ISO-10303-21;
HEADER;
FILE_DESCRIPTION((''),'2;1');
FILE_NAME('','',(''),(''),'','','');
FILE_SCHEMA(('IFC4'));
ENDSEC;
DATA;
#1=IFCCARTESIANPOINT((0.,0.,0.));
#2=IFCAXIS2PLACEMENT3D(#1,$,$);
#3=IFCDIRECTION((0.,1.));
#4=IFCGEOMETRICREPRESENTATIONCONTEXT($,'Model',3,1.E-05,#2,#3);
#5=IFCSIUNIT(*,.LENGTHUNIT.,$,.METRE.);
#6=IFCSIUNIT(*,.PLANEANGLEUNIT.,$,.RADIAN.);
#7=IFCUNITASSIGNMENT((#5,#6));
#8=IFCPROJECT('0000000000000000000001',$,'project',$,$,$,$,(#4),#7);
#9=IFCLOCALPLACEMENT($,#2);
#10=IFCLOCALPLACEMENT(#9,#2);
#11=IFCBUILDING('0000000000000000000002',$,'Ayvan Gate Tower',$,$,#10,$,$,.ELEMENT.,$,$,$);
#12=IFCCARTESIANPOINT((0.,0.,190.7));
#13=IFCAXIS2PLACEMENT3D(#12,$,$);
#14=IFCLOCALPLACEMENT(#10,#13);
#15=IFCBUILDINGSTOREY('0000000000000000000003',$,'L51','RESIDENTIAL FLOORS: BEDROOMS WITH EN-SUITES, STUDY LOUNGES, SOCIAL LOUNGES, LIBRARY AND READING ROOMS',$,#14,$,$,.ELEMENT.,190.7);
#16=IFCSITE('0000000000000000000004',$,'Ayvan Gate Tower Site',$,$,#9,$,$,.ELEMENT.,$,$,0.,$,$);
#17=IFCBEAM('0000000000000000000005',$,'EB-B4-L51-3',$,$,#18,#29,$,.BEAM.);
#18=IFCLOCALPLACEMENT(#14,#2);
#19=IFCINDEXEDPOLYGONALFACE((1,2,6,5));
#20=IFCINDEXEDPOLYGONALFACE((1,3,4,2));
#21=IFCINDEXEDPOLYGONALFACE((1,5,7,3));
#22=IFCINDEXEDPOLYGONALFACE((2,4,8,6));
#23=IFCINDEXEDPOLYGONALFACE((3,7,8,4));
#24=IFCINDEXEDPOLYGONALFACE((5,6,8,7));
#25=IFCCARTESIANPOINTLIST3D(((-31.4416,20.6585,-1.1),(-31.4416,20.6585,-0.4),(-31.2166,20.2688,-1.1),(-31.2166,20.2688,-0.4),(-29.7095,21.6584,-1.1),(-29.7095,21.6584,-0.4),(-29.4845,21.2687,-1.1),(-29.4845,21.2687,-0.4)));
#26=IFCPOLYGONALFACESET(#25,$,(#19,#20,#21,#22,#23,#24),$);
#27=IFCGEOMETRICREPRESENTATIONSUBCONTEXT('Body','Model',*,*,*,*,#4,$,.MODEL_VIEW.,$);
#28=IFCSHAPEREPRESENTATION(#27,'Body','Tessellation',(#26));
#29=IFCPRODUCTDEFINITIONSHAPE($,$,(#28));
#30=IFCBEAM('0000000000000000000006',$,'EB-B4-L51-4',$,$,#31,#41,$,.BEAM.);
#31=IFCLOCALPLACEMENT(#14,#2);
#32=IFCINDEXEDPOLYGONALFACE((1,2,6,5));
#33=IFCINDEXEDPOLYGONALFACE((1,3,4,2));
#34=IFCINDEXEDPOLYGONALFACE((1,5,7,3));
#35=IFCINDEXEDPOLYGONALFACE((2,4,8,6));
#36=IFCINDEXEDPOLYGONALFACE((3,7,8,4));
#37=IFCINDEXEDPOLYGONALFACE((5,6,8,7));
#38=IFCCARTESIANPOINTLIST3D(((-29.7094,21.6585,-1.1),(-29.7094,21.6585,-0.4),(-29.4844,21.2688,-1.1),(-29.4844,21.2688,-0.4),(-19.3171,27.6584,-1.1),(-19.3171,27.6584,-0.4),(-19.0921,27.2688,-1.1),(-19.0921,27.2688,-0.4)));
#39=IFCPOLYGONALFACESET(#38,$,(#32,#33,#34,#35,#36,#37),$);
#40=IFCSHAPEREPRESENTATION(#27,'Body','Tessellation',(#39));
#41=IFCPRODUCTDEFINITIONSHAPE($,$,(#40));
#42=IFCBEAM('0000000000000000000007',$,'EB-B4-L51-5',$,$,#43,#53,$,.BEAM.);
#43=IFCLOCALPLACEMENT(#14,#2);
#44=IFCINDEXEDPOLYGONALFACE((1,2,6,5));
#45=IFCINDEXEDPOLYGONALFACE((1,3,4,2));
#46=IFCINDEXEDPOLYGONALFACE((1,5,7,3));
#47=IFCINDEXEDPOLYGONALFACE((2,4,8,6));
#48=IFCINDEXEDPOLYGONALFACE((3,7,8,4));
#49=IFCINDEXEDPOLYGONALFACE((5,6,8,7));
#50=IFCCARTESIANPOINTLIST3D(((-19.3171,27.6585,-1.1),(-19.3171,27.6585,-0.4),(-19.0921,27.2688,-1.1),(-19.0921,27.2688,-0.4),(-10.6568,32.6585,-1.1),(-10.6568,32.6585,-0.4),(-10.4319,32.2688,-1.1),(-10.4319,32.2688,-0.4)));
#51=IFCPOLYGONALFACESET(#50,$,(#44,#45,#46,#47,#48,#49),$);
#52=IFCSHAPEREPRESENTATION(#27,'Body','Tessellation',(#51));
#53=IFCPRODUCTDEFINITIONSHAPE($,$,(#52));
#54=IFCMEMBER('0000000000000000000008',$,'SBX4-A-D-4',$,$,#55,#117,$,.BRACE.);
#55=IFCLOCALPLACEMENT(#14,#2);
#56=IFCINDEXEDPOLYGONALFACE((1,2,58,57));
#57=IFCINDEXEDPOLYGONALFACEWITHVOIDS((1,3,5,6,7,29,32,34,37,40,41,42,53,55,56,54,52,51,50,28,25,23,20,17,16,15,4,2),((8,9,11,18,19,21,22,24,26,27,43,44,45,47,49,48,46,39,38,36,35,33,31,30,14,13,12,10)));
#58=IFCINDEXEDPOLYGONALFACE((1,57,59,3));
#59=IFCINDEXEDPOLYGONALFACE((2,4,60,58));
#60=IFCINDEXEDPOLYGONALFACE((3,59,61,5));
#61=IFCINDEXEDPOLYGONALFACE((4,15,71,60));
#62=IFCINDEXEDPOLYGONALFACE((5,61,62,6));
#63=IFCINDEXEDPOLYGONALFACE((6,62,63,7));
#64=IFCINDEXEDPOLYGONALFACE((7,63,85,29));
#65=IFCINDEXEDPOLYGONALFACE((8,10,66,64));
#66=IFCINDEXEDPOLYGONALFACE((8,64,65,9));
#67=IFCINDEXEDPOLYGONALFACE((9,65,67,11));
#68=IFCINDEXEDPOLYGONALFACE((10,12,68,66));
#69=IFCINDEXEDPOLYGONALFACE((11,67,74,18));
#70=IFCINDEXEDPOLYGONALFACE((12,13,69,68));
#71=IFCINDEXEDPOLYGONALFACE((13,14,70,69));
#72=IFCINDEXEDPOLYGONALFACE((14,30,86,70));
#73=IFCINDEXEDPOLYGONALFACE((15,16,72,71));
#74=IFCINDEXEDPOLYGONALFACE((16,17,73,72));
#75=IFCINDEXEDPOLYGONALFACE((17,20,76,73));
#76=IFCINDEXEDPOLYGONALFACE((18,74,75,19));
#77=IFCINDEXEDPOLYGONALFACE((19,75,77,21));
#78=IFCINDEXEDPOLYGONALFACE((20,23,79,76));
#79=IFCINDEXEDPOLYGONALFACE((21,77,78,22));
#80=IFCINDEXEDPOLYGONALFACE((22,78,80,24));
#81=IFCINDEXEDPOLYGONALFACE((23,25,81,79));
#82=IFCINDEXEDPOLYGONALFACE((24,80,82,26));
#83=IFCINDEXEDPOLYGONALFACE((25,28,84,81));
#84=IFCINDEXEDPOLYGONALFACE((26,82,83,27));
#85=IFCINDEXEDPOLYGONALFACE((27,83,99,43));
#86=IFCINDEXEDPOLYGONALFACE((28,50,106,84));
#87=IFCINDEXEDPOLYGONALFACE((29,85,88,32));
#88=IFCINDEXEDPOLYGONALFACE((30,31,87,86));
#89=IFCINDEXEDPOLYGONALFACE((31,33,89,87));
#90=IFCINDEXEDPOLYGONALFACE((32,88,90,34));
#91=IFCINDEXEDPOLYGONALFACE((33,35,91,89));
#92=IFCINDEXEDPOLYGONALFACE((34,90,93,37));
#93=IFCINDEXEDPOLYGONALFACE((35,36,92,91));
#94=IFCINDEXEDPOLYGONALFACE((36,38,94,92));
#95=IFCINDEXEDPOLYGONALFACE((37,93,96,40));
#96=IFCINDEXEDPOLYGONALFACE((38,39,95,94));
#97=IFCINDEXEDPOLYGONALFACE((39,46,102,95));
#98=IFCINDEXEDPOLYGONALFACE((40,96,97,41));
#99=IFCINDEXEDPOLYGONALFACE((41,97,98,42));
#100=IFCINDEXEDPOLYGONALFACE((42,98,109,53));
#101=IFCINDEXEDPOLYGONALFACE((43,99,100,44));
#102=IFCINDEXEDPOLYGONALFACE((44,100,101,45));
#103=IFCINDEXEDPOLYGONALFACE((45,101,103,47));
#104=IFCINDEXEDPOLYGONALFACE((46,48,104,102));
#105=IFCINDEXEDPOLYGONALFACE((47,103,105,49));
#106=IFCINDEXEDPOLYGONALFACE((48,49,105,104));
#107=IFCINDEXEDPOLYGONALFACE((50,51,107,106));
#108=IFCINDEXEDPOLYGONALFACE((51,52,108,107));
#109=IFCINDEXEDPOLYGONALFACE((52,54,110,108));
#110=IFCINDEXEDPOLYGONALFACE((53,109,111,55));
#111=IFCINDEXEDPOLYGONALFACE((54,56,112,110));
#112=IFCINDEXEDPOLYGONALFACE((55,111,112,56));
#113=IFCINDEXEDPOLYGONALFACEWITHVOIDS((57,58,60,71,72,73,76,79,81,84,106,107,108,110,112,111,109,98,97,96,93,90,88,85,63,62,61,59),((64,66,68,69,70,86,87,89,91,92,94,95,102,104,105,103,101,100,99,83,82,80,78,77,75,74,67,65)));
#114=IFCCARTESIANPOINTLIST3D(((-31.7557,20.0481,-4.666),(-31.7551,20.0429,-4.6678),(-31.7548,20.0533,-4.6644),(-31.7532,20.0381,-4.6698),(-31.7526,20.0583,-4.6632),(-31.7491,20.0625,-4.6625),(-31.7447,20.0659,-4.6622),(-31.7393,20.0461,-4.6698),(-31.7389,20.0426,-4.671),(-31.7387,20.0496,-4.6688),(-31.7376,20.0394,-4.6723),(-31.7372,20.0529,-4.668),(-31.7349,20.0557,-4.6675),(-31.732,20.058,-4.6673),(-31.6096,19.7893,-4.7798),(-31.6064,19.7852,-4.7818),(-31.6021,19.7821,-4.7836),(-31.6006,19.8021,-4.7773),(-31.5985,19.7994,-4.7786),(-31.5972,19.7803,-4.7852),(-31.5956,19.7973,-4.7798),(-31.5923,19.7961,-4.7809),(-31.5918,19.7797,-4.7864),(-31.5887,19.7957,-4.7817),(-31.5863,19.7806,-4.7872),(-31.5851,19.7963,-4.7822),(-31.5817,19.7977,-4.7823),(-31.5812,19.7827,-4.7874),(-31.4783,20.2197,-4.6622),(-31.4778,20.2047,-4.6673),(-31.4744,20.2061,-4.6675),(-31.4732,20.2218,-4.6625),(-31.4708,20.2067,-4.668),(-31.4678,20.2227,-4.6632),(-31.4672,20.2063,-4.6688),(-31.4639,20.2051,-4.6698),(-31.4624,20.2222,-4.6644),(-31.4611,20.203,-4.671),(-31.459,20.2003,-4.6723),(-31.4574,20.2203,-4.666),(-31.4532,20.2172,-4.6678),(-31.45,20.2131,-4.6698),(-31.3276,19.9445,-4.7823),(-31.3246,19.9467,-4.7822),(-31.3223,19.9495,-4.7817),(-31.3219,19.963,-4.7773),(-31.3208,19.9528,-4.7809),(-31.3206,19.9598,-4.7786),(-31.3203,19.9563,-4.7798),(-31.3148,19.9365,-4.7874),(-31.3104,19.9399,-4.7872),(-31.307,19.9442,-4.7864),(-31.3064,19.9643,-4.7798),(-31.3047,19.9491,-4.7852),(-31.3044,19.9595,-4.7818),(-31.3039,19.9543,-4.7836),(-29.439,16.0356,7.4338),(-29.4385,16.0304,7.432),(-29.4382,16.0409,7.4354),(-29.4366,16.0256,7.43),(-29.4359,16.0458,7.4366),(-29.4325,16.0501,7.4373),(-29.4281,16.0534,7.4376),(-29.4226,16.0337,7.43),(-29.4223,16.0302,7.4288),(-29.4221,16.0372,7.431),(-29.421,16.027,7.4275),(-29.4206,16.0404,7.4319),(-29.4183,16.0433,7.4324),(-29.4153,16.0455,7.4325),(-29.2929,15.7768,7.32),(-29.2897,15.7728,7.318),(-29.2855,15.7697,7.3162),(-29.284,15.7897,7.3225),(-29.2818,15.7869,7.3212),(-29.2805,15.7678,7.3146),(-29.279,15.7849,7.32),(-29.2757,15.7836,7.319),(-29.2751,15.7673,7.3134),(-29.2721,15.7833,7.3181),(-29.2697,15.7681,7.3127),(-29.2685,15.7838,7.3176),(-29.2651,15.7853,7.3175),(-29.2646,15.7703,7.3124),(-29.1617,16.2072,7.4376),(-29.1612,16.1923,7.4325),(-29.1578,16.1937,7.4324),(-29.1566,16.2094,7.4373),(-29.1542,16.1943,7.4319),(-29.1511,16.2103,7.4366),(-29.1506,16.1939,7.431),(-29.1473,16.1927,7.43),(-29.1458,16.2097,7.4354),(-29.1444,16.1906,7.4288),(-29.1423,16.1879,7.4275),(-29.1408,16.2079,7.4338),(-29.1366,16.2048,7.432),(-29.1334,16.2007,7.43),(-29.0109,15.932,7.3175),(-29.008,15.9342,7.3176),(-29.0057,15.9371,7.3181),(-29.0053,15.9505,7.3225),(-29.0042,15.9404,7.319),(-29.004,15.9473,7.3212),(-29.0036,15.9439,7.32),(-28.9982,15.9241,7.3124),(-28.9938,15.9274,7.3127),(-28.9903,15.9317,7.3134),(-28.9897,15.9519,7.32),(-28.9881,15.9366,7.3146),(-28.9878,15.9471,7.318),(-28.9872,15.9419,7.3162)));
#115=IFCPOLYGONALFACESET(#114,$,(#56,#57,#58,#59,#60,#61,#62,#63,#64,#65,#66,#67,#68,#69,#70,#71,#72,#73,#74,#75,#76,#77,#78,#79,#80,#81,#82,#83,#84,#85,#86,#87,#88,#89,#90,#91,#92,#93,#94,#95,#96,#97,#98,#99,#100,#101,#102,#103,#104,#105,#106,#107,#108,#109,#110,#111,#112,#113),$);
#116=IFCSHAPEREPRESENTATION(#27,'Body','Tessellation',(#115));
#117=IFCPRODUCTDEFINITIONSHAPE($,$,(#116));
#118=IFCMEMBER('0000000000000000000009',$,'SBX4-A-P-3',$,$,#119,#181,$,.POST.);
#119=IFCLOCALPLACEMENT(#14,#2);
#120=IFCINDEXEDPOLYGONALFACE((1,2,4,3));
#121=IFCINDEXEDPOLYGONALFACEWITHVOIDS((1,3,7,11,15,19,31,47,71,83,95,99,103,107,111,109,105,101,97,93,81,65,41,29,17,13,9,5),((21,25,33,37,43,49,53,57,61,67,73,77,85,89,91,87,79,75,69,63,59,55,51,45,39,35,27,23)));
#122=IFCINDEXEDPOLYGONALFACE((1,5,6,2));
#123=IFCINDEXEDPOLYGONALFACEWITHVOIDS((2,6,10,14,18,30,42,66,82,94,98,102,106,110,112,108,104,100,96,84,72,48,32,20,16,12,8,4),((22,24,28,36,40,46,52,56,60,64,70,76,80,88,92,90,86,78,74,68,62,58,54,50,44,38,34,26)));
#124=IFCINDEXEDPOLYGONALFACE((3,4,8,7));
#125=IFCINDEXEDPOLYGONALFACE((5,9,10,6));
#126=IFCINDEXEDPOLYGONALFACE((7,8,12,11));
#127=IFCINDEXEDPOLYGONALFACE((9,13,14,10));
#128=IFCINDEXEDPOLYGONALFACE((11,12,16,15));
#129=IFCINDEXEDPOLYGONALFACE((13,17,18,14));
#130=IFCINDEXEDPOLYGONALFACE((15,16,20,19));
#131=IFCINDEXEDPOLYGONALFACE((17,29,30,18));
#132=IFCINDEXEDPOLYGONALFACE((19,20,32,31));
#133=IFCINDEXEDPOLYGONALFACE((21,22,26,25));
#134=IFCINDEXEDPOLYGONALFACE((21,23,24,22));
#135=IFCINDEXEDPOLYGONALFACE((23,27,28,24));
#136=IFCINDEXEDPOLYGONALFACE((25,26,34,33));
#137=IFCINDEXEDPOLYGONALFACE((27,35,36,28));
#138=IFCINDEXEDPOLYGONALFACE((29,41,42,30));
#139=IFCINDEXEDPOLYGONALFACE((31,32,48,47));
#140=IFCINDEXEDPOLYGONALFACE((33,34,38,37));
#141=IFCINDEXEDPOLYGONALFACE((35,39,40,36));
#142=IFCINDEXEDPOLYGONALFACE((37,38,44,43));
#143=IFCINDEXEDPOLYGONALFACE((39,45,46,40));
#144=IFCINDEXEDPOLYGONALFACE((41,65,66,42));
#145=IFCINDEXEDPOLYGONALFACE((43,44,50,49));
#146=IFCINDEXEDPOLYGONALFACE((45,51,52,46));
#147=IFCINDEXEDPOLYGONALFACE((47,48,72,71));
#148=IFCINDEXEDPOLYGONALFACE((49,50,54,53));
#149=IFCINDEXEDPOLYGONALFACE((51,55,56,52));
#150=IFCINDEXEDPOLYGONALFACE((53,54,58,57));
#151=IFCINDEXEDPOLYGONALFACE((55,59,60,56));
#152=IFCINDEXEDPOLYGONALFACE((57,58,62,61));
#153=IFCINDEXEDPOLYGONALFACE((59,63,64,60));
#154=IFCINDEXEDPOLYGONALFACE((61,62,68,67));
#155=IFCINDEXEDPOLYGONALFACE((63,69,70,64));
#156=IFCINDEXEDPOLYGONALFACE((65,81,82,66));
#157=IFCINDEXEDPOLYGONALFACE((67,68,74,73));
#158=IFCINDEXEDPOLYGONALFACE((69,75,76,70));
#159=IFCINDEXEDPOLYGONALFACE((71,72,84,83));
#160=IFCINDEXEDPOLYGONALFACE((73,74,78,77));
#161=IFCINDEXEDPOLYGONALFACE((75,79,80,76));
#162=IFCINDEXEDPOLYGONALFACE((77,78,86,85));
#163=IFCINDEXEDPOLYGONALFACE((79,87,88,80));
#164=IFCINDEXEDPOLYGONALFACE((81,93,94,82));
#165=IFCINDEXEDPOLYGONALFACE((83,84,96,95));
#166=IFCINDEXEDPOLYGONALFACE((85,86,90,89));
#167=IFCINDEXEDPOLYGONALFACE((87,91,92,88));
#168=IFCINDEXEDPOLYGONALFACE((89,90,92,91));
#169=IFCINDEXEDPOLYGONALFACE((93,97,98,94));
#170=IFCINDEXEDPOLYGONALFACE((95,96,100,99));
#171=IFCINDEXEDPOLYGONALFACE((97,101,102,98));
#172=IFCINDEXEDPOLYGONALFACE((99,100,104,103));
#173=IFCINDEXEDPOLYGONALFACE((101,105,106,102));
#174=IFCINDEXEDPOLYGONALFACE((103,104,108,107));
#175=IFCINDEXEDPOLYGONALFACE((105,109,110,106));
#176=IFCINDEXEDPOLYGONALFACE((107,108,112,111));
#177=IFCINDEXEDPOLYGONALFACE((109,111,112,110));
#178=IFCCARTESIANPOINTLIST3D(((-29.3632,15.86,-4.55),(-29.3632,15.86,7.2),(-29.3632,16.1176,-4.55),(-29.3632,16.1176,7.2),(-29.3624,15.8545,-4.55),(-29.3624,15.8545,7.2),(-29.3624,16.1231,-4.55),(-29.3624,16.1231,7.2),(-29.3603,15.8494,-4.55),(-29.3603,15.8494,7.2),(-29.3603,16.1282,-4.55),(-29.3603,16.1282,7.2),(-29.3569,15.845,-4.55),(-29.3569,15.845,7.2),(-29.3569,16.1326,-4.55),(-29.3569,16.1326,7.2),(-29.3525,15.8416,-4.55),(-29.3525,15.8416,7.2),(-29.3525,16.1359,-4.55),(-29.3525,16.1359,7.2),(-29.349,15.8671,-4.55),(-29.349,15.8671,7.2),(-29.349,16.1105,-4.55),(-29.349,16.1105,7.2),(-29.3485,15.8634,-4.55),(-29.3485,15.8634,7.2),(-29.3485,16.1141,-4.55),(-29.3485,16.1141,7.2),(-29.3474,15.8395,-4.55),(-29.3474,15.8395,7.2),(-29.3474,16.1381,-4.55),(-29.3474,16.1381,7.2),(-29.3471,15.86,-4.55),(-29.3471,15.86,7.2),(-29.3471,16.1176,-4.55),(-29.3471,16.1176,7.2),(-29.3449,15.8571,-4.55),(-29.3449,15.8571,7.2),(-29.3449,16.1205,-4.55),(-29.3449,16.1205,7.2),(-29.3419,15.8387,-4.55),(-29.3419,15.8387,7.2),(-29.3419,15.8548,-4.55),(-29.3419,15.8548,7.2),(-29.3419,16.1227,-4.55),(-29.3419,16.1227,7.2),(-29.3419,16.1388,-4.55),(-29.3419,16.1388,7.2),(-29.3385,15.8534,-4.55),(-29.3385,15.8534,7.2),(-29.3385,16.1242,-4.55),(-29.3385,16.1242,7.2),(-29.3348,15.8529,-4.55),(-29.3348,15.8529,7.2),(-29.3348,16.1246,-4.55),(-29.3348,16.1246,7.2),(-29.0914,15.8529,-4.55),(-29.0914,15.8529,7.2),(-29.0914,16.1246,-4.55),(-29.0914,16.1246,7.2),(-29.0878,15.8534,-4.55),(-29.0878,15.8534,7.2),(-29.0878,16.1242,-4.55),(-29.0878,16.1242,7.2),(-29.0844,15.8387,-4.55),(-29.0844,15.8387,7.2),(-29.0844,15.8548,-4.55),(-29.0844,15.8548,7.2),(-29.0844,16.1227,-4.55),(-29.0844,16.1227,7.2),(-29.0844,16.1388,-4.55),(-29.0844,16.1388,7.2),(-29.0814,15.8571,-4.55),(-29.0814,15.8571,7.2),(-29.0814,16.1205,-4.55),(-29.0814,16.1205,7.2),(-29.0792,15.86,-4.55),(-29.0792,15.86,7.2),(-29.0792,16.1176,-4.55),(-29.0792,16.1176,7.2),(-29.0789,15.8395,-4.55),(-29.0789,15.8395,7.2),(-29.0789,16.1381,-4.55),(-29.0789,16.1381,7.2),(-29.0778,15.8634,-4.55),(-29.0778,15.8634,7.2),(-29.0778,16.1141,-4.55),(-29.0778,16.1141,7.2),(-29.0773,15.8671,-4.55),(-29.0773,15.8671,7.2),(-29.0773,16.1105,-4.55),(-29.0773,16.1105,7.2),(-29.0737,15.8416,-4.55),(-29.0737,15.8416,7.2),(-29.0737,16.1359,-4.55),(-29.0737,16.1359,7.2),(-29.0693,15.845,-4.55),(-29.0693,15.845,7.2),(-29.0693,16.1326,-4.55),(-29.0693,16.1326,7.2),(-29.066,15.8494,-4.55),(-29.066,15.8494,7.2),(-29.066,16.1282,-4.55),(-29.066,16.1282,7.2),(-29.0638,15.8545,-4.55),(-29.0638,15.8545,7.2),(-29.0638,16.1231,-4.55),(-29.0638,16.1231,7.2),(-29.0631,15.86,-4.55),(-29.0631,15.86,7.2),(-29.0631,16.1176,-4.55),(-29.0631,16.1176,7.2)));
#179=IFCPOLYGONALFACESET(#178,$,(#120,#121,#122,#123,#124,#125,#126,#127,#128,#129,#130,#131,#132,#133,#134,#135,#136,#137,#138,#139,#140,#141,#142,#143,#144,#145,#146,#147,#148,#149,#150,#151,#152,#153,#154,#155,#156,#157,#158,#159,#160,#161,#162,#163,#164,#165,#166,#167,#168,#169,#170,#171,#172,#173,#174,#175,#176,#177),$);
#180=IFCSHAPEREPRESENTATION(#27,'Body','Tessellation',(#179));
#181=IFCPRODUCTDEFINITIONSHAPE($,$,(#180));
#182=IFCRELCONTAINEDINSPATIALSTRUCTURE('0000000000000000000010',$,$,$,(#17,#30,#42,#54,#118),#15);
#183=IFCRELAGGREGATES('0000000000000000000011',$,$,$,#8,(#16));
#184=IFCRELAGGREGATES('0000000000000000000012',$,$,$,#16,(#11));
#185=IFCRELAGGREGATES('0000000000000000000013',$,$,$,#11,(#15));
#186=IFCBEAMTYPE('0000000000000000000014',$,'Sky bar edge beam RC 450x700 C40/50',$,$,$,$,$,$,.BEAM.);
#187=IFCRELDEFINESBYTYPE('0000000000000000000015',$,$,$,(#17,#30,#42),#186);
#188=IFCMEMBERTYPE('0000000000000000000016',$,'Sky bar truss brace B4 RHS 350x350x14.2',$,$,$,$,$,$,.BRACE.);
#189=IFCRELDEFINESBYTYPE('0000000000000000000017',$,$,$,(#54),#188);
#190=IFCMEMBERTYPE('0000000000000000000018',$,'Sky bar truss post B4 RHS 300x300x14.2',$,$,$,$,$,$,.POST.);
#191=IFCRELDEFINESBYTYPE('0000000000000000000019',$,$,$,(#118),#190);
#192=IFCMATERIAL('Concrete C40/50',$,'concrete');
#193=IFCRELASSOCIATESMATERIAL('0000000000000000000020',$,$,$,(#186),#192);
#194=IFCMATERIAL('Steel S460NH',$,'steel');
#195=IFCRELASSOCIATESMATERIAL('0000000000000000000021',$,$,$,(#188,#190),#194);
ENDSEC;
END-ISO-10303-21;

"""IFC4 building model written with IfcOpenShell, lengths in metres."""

from ifc_helpers import new_model, si_unit, direction, frame, origin, origin_2d, place, context, subcontext, project, spatial, rectangle, hollow_rectangle, extrude, material, material_profile, profile_set, type_object, element, save


model = new_model("IFC4")

# Units and contexts
model_context = context("Model", 3, precision=1e-05, world=origin(), true_north=direction((0.0, 1.0)))
body_context = subcontext(model_context, "Body", "Model", "MODEL_VIEW")
ifc_project = project(units=[si_unit("LENGTHUNIT", "METRE"), si_unit("PLANEANGLEUNIT", "RADIAN")], contexts=[model_context])

# Site, building, storey
site_placement = place(None, origin())
site = spatial("IfcSite", under=ifc_project, at=site_placement, Name="Ayvan Gate Tower Site", CompositionType="ELEMENT", RefElevation=0.0)
building_placement = place(site_placement, origin())
building = spatial("IfcBuilding", under=site, at=building_placement, Name="Ayvan Gate Tower", CompositionType="ELEMENT")
storey_placement = place(building_placement, frame((0.0, 0.0, 190.7)))
storey = spatial("IfcBuildingStorey", under=building, at=storey_placement, Name="L51", Description="RESIDENTIAL FLOORS: BEDROOMS WITH EN-SUITES, STUDY LOUNGES, SOCIAL LOUNGES, LIBRARY AND READING ROOMS", CompositionType="ELEMENT", Elevation=190.7)

# Beams
ifc_material_1 = material(Name="Concrete C40/50", Category="concrete")
ifc_material_profile_1 = material_profile(ifc_material_1, rectangle(XDim=0.45, YDim=0.7, at=origin_2d()), Name="RC 450x700")
ifc_profile_set_1 = profile_set([ifc_material_profile_1], Name="Concrete C40/50")
beam_type = type_object("IfcBeamType", Name="Sky bar edge beam RC 450x700 C40/50", PredefinedType="BEAM", material=ifc_profile_set_1)
beam_1_placement = place(storey_placement, frame((-31.3291, 20.4636, -0.75), z_axis=(0.866041, 0.499973, 0.0), x_axis=(-0.499973, 0.866041, 0.0)))
element("IfcBeam", 1, at=beam_1_placement, inside=storey, type_object=beam_type, Name="EB-B4-L51-3", PredefinedType="BEAM", context=body_context, shape_type="SweptSolid", body=[
    extrude(rectangle(XDim=0.45, YDim=0.7, at=origin_2d()), origin(), (0.0, 0.0, 1.0), 2.0),
])
beam_2_placement = place(storey_placement, frame((-29.5969, 21.4636, -0.75), z_axis=(0.866026, 0.499999, 0.0), x_axis=(-0.499999, 0.866026, 0.0)))
element("IfcBeam", 2, at=beam_2_placement, inside=storey, type_object=beam_type, Name="EB-B4-L51-4", PredefinedType="BEAM", context=body_context, shape_type="SweptSolid", body=[
    extrude(rectangle(XDim=0.45, YDim=0.7, at=origin_2d()), origin(), (0.0, 0.0, 1.0), 12.0),
])
beam_3_placement = place(storey_placement, frame((-19.2046, 27.4636, -0.75), z_axis=(0.866023, 0.500004, 0.0), x_axis=(-0.500004, 0.866023, 0.0)))
element("IfcBeam", 3, at=beam_3_placement, inside=storey, type_object=beam_type, Name="EB-B4-L51-5", PredefinedType="BEAM", context=body_context, shape_type="SweptSolid", body=[
    extrude(rectangle(XDim=0.45, YDim=0.7, at=origin_2d()), origin(), (0.0, 0.0, 1.0), 10.0),
])

# Members
ifc_material_2 = material(Name="Steel S460NH", Category="steel")
ifc_material_profile_2 = material_profile(ifc_material_2, hollow_rectangle(XDim=0.3501, YDim=0.3501, WallThickness=0.0142, InnerFilletRadius=0.0142, OuterFilletRadius=0.0212, at=origin_2d()), Name="RHS 350x350x14.2")
ifc_profile_set_2 = profile_set([ifc_material_profile_2], Name="Steel S460NH")
member_type_1 = type_object("IfcMemberType", Name="Sky bar truss brace B4 RHS 350x350x14.2", PredefinedType="BRACE", material=ifc_profile_set_2)
member_1_placement = place(storey_placement, frame((-29.2131, 15.9888, 7.375), z_axis=(-0.178801, 0.309684, -0.933877), x_axis=(-0.86602, -0.50001, 0.0)))
element("IfcMember", 4, at=member_1_placement, inside=storey, type_object=member_type_1, Name="SBX4-A-D-4", PredefinedType="BRACE", context=body_context, shape_type="SweptSolid", body=[
    extrude(hollow_rectangle(XDim=0.3501, YDim=0.3501, WallThickness=0.0142, InnerFilletRadius=0.0142, OuterFilletRadius=0.0212, at=origin_2d()), origin(), (0.0, 0.0, 1.0), 12.9565),
])
ifc_material_profile_3 = material_profile(ifc_material_2, hollow_rectangle(XDim=0.3, YDim=0.3, WallThickness=0.0142, InnerFilletRadius=0.0142, OuterFilletRadius=0.0212, at=origin_2d()), Name="RHS 300x300x14.2")
ifc_profile_set_3 = profile_set([ifc_material_profile_3], Name="Steel S460NH")
member_type_2 = type_object("IfcMemberType", Name="Sky bar truss post B4 RHS 300x300x14.2", PredefinedType="POST", material=ifc_profile_set_3)
for number, where, z_axis, x_axis, name in (
    (5, (-29.2131, 15.9888, -4.55), (0.0, 0.0, 1.0), (1.0, 0.0, 0.0), "SBX4-A-P-3"),
):
    element("IfcMember", number, at=place(storey_placement, frame(where, z_axis=z_axis, x_axis=x_axis)), inside=storey, type_object=member_type_2, Name=name, PredefinedType="POST", context=body_context, shape_type="SweptSolid", body=[
        extrude(hollow_rectangle(XDim=0.3, YDim=0.3, WallThickness=0.0142, InnerFilletRadius=0.0142, OuterFilletRadius=0.0212, at=origin_2d()), origin(), (0.0, 0.0, 1.0), 11.75),
    ])

save(model, "model.ifc")
